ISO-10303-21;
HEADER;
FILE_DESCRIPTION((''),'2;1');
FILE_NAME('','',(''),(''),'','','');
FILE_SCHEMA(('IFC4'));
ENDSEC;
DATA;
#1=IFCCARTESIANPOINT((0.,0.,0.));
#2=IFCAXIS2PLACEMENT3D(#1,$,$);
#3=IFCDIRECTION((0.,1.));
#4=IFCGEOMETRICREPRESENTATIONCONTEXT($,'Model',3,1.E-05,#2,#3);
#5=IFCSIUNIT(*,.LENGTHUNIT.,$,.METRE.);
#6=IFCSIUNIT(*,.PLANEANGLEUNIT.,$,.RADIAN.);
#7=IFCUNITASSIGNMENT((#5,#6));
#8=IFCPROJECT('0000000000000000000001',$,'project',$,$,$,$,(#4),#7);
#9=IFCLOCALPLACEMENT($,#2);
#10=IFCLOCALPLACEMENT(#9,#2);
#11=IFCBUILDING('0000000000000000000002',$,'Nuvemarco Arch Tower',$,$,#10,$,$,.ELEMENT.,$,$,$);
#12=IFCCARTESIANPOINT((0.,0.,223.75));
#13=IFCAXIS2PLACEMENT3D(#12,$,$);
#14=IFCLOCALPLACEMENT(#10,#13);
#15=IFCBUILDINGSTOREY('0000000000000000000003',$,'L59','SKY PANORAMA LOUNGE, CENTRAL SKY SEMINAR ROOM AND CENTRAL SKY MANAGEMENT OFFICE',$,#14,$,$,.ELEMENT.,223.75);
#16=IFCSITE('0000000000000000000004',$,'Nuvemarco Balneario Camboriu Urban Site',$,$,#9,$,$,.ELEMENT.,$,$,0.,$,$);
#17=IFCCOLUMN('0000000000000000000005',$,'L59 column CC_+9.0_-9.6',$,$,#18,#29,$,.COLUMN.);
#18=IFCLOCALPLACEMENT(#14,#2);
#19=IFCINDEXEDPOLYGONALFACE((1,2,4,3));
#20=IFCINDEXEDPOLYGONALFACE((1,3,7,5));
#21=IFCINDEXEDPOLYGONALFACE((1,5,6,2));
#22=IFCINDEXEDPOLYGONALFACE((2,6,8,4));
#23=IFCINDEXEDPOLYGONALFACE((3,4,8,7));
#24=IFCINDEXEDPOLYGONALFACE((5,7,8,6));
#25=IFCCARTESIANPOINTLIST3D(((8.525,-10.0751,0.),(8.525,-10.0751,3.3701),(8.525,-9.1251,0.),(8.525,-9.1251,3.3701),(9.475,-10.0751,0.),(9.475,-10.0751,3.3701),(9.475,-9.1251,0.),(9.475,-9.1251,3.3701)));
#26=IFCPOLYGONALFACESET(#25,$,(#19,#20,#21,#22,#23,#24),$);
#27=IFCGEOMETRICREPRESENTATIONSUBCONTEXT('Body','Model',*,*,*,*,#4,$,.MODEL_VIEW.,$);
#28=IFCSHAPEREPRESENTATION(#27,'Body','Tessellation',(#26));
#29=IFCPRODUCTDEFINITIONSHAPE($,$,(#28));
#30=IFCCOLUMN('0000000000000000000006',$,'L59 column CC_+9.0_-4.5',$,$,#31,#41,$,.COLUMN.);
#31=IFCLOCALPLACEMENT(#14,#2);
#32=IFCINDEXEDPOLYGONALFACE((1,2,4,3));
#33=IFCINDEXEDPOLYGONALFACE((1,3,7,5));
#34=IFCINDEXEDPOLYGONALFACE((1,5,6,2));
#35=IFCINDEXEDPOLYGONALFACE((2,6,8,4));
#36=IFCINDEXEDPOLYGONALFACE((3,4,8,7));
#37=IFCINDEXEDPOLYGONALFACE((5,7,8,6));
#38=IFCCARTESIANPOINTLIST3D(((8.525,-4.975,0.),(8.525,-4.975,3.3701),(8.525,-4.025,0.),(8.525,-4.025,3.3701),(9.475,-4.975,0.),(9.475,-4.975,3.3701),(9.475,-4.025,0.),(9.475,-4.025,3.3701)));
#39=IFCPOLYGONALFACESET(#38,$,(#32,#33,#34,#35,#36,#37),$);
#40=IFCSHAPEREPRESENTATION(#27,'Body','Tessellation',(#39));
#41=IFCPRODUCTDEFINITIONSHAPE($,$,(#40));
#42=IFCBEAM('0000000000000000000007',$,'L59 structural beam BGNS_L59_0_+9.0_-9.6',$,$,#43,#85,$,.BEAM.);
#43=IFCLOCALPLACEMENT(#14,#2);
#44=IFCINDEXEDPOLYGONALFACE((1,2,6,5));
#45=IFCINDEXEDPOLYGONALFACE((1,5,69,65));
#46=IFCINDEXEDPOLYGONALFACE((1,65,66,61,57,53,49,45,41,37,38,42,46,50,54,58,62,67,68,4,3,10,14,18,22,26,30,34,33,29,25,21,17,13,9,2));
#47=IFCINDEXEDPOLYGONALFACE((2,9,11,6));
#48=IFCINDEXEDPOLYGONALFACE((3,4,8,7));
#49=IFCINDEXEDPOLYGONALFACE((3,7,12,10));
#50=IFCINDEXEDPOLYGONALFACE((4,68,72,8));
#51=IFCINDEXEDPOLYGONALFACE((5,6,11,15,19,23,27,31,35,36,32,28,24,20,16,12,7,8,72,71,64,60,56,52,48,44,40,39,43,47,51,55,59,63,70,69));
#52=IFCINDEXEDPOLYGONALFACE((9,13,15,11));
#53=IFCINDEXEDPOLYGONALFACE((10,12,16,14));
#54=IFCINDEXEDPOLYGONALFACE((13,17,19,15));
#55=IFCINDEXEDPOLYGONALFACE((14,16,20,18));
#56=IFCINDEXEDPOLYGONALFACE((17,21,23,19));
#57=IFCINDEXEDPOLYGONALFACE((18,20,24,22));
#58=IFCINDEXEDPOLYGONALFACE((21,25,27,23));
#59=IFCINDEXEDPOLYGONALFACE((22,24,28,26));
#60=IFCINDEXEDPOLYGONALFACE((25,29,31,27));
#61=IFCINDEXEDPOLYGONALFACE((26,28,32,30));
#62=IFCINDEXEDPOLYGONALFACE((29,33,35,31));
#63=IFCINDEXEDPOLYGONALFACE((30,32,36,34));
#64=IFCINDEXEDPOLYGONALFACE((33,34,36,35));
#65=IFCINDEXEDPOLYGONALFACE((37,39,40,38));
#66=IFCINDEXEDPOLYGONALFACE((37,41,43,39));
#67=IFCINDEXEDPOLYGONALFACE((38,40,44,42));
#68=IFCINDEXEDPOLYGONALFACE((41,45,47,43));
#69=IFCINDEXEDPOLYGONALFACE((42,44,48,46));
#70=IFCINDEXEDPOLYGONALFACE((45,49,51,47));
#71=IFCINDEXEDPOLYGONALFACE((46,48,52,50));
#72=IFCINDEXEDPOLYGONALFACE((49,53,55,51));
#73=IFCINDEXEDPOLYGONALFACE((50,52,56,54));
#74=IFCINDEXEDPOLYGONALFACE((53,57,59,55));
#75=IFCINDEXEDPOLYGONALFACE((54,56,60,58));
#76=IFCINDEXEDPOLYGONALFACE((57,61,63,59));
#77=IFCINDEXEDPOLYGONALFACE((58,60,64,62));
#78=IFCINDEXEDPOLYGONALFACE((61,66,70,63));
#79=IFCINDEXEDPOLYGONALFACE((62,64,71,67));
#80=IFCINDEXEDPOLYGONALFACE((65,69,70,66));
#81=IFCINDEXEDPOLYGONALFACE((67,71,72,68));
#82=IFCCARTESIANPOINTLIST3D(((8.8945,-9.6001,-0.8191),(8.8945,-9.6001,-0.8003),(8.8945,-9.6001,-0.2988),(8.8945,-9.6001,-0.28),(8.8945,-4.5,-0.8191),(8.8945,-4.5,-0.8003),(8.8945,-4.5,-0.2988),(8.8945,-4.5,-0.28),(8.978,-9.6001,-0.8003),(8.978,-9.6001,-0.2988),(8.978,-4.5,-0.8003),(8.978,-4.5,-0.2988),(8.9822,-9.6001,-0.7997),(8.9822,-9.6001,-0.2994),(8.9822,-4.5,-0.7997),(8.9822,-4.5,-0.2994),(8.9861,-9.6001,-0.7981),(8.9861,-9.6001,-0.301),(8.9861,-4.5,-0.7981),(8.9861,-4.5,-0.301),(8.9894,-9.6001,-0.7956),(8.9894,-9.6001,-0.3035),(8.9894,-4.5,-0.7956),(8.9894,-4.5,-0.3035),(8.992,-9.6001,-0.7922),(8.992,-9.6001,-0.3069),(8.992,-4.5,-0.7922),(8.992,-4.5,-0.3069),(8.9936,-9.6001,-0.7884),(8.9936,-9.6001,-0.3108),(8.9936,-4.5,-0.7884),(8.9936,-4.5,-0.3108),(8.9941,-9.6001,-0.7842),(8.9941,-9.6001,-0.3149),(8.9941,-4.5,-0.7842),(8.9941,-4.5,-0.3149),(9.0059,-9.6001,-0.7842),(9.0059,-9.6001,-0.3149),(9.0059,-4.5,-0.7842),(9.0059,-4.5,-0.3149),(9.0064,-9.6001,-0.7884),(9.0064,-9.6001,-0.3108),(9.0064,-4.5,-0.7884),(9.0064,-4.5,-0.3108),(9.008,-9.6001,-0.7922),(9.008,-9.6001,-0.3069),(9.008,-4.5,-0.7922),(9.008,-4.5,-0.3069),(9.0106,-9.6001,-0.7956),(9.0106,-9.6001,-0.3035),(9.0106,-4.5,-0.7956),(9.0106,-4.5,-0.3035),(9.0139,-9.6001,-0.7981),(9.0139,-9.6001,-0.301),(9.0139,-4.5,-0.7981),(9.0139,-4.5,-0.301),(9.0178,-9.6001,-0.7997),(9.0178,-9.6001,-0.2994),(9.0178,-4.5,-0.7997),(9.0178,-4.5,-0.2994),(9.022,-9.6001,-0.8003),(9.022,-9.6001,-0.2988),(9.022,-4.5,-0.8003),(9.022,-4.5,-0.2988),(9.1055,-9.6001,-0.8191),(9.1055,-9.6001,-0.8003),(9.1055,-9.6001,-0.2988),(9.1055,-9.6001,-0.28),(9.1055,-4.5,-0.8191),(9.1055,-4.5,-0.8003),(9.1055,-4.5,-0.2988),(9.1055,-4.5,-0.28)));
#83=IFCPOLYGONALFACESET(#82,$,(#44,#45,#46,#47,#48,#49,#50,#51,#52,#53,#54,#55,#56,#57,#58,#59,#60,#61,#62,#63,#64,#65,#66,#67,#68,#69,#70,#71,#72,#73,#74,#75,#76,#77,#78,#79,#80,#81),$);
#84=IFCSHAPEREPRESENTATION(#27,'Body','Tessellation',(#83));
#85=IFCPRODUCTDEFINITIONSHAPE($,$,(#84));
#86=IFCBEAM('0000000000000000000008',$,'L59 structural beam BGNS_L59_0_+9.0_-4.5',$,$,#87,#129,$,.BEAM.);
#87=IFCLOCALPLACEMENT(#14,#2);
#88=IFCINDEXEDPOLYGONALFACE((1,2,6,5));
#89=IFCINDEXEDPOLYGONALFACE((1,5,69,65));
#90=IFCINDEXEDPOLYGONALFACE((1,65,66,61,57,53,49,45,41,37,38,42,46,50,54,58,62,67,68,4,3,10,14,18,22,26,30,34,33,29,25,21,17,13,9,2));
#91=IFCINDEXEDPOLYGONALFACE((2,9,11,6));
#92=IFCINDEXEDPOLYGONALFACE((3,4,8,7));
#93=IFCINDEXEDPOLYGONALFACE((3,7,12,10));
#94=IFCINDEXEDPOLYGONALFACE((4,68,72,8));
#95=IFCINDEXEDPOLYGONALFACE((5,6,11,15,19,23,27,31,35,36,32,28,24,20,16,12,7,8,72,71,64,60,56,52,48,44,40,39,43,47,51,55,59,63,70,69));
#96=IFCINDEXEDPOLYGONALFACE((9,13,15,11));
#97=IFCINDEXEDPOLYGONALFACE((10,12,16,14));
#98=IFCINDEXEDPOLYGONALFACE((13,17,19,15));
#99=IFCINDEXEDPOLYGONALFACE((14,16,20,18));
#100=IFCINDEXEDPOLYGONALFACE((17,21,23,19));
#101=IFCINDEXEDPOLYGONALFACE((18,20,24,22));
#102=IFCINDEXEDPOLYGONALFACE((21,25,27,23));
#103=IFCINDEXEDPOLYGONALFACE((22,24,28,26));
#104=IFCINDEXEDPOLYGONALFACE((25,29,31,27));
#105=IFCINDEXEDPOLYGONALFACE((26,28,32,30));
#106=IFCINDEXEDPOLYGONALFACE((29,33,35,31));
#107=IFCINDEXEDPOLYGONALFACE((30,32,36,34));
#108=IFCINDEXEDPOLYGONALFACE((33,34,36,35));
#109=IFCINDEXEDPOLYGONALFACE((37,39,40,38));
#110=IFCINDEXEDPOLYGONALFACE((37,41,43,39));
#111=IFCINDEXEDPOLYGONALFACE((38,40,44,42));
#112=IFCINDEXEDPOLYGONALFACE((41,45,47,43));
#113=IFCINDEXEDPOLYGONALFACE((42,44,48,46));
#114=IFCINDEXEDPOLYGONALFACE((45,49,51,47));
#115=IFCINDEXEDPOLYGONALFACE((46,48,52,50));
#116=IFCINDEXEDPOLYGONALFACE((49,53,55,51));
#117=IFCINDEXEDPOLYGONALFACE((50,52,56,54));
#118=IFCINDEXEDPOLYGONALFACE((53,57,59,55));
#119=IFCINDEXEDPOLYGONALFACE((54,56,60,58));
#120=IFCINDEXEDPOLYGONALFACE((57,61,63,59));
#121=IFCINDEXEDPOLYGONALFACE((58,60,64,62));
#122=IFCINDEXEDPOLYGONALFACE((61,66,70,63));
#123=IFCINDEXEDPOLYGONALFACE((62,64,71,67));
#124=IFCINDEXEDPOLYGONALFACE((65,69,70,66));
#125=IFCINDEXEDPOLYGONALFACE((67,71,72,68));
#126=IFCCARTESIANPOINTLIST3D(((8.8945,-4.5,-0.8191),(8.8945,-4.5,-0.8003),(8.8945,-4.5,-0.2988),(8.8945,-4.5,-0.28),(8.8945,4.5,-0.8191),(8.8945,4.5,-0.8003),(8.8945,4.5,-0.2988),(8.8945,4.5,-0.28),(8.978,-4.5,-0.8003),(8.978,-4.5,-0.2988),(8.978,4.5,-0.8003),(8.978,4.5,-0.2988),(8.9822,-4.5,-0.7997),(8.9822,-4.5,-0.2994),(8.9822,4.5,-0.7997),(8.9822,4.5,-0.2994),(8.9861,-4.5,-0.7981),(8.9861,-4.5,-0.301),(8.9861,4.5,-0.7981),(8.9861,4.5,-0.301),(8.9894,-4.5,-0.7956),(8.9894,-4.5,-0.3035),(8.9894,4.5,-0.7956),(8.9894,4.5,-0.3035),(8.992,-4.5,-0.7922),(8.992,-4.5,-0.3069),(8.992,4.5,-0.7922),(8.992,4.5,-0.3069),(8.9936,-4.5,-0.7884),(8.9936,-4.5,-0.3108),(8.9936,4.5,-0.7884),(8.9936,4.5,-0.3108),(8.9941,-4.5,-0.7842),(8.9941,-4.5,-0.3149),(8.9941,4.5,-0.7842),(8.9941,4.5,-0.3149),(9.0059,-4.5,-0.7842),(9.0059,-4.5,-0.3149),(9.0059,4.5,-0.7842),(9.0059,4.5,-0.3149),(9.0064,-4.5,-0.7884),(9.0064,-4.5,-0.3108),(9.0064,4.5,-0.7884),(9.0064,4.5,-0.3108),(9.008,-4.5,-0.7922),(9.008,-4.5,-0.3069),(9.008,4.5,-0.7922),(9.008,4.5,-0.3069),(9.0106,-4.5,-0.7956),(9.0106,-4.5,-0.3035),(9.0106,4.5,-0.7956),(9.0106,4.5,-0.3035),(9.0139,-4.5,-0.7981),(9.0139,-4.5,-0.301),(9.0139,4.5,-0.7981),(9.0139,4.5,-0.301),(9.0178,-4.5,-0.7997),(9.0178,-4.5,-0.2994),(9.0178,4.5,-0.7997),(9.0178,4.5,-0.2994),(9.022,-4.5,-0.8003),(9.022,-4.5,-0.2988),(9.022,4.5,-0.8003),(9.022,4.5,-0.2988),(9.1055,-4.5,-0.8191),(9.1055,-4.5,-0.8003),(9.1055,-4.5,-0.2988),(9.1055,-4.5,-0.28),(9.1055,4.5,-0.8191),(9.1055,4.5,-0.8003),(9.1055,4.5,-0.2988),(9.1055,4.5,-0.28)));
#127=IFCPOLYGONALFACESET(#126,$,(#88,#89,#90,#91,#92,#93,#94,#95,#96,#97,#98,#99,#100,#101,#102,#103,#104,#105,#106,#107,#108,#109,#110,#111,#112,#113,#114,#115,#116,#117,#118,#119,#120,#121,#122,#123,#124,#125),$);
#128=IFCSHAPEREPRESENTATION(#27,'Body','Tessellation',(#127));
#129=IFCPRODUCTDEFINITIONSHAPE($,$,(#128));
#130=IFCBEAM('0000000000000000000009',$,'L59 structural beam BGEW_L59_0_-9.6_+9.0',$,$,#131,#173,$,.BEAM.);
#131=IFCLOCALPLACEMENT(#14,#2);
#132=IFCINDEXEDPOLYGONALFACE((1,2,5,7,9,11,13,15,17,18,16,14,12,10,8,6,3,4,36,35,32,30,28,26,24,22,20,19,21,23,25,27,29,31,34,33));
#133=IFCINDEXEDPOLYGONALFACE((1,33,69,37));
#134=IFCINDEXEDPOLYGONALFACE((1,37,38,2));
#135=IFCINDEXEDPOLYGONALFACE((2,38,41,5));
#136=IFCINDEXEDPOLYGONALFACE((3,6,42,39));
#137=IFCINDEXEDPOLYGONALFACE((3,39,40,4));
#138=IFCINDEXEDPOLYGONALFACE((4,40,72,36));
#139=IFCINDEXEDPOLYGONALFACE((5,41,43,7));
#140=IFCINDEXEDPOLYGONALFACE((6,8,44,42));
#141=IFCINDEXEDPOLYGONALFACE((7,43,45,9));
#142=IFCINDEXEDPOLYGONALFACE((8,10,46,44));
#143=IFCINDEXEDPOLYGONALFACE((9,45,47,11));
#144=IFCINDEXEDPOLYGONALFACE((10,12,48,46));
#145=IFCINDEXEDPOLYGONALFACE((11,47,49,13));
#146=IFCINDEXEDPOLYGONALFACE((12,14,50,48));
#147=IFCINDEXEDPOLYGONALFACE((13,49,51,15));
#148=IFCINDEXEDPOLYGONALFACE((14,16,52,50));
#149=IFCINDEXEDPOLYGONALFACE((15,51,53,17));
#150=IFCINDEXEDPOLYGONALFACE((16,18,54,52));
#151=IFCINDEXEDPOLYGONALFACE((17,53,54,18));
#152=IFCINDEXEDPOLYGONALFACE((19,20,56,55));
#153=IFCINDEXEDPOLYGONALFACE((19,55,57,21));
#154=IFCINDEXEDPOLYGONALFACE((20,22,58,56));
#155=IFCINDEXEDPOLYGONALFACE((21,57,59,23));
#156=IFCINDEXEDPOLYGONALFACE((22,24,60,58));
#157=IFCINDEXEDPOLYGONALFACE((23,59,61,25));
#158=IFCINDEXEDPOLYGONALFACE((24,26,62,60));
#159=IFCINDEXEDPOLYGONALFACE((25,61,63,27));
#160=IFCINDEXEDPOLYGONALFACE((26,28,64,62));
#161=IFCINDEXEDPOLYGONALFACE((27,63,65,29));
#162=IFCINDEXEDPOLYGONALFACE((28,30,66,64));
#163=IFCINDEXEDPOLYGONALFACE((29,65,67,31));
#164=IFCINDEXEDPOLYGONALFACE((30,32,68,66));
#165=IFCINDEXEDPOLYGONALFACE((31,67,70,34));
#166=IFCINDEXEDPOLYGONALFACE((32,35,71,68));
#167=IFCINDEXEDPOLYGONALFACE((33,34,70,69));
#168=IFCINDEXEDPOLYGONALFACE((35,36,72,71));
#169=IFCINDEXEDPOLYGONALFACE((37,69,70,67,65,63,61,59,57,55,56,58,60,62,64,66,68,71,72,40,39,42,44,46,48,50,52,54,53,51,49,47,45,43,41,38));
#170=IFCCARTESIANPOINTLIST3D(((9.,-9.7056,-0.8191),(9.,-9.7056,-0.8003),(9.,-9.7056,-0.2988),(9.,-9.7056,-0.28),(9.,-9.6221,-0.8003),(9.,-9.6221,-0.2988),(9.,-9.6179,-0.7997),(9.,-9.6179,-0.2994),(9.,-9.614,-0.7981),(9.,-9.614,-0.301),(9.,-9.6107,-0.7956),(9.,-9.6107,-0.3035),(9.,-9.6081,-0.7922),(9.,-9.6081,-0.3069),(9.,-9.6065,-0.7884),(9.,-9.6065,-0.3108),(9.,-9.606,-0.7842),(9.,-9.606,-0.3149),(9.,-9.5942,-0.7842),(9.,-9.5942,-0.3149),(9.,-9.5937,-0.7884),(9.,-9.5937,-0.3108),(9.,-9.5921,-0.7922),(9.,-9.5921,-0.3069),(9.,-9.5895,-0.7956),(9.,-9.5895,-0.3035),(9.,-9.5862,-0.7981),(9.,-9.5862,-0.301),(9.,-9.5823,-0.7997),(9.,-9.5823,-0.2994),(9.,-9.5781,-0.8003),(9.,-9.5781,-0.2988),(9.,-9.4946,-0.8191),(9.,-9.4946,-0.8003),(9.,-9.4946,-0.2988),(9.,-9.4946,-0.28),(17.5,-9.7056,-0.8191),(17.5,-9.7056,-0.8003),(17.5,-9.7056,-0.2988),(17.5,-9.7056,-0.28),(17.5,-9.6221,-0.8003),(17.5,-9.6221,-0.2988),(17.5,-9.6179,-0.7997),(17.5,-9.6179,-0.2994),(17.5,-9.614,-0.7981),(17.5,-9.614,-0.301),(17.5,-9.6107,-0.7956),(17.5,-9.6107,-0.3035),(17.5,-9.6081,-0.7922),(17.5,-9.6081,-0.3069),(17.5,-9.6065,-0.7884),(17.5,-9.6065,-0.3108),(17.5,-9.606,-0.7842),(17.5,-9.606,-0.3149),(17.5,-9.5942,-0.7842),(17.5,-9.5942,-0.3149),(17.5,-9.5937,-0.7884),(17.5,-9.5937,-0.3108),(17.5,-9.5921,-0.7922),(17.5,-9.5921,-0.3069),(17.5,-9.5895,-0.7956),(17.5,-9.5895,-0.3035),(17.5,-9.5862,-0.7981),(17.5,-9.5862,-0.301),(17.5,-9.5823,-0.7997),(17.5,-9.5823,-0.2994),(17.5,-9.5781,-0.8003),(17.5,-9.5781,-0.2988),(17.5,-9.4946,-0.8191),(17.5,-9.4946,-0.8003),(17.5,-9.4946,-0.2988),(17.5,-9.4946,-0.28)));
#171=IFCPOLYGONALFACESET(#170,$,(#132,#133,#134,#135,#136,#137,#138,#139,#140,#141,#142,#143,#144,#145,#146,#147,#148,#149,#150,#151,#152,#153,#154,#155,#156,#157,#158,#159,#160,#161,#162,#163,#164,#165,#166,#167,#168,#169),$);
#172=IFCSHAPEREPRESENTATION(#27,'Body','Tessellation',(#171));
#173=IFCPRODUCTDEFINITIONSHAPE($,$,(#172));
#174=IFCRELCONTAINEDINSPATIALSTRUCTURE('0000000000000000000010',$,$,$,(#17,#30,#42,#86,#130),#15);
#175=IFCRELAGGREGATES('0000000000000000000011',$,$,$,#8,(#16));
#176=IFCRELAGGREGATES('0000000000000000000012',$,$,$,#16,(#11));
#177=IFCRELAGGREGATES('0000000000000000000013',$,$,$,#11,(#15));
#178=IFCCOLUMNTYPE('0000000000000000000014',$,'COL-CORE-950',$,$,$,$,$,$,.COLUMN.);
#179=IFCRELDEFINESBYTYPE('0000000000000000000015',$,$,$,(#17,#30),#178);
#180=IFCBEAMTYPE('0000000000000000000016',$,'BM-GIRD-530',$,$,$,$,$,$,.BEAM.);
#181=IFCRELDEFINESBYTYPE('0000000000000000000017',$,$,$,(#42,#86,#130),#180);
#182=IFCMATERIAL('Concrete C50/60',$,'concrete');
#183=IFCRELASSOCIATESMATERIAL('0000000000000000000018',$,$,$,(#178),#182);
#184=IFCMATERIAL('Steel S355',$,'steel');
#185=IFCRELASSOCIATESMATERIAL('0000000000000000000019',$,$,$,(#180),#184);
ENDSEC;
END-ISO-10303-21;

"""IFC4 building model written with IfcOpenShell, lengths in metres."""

from ifc_helpers import new_model, si_unit, direction, frame, origin, origin_2d, place, context, subcontext, project, spatial, rectangle, i_section, extrude, material, material_profile, profile_set, type_object, element, save


model = new_model("IFC4")

# Units and contexts
model_context = context("Model", 3, precision=1e-05, world=origin(), true_north=direction((0.0, 1.0)))
body_context = subcontext(model_context, "Body", "Model", "MODEL_VIEW")
ifc_project = project(units=[si_unit("LENGTHUNIT", "METRE"), si_unit("PLANEANGLEUNIT", "RADIAN")], contexts=[model_context])

# Site, building, storey
site_placement = place(None, origin())
site = spatial("IfcSite", under=ifc_project, at=site_placement, Name="Nuvemarco Balneario Camboriu Urban Site", CompositionType="ELEMENT", RefElevation=0.0)
building_placement = place(site_placement, origin())
building = spatial("IfcBuilding", under=site, at=building_placement, Name="Nuvemarco Arch Tower", CompositionType="ELEMENT")
storey_placement = place(building_placement, frame((0.0, 0.0, 223.75)))
storey = spatial("IfcBuildingStorey", under=building, at=storey_placement, Name="L59", Description="SKY PANORAMA LOUNGE, CENTRAL SKY SEMINAR ROOM AND CENTRAL SKY MANAGEMENT OFFICE", CompositionType="ELEMENT", Elevation=223.75)

# Columns
ifc_material_1 = material(Name="Concrete C50/60", Category="concrete")
ifc_material_profile_1 = material_profile(ifc_material_1, rectangle(XDim=0.95, YDim=0.95, at=origin_2d()), Name="RC-COL-950x950")
ifc_profile_set_1 = profile_set([ifc_material_profile_1], Name="Concrete C50/60")
column_type = type_object("IfcColumnType", Name="COL-CORE-950", PredefinedType="COLUMN", material=ifc_profile_set_1)
for number, where, z_axis, x_axis, name in (
    (1, (9.0, -9.6001, 0.0), (0.0, 0.0, 1.0), (1.0, 0.0, 0.0), "L59 column CC_+9.0_-9.6"),
    (2, (9.0, -4.5, 0.0), (0.0, 0.0, 1.0), (1.0, 0.0, 0.0), "L59 column CC_+9.0_-4.5"),
):
    element("IfcColumn", number, at=place(storey_placement, frame(where, z_axis=z_axis, x_axis=x_axis)), inside=storey, type_object=column_type, Name=name, PredefinedType="COLUMN", context=body_context, shape_type="SweptSolid", body=[
        extrude(rectangle(XDim=0.95, YDim=0.95, at=origin_2d()), origin(), (0.0, 0.0, 1.0), 3.3701),
    ])

# Beams
ifc_material_2 = material(Name="Steel S355", Category="steel")
ifc_material_profile_2 = material_profile(ifc_material_2, i_section(OverallWidth=0.2109, OverallDepth=0.5391, WebThickness=0.0117, FlangeThickness=0.0188, FilletRadius=0.0161, at=origin_2d()), Name="W530x109")
ifc_profile_set_2 = profile_set([ifc_material_profile_2], Name="Steel S355")
beam_type = type_object("IfcBeamType", Name="BM-GIRD-530", PredefinedType="BEAM", material=ifc_profile_set_2)
beam_1_placement = place(storey_placement, frame((9.0, -9.6001, -0.5496), z_axis=(0.0, 1.0, 0.0), x_axis=(-1.0, 0.0, 0.0)))
element("IfcBeam", 3, at=beam_1_placement, inside=storey, type_object=beam_type, Name="L59 structural beam BGNS_L59_0_+9.0_-9.6", PredefinedType="BEAM", context=body_context, shape_type="SweptSolid", body=[
    extrude(i_section(OverallWidth=0.2109, OverallDepth=0.5391, WebThickness=0.0117, FlangeThickness=0.0188, FilletRadius=0.0161, at=origin_2d()), origin(), (0.0, 0.0, 1.0), 5.1001),
])
beam_2_placement = place(storey_placement, frame((9.0, -4.5, -0.5496), z_axis=(0.0, 1.0, 0.0), x_axis=(-1.0, 0.0, 0.0)))
element("IfcBeam", 4, at=beam_2_placement, inside=storey, type_object=beam_type, Name="L59 structural beam BGNS_L59_0_+9.0_-4.5", PredefinedType="BEAM", context=body_context, shape_type="SweptSolid", body=[
    extrude(i_section(OverallWidth=0.2109, OverallDepth=0.5391, WebThickness=0.0117, FlangeThickness=0.0188, FilletRadius=0.0161, at=origin_2d()), origin(), (0.0, 0.0, 1.0), 9.0),
])
beam_3_placement = place(storey_placement, frame((9.0, -9.6001, -0.5496), z_axis=(1.0, 0.0, 0.0), x_axis=(0.0, 1.0, 0.0)))
element("IfcBeam", 5, at=beam_3_placement, inside=storey, type_object=beam_type, Name="L59 structural beam BGEW_L59_0_-9.6_+9.0", PredefinedType="BEAM", context=body_context, shape_type="SweptSolid", body=[
    extrude(i_section(OverallWidth=0.2109, OverallDepth=0.5391, WebThickness=0.0117, FlangeThickness=0.0188, FilletRadius=0.0161, at=origin_2d()), origin(), (0.0, 0.0, 1.0), 8.5),
])

save(model, "model.ifc")
